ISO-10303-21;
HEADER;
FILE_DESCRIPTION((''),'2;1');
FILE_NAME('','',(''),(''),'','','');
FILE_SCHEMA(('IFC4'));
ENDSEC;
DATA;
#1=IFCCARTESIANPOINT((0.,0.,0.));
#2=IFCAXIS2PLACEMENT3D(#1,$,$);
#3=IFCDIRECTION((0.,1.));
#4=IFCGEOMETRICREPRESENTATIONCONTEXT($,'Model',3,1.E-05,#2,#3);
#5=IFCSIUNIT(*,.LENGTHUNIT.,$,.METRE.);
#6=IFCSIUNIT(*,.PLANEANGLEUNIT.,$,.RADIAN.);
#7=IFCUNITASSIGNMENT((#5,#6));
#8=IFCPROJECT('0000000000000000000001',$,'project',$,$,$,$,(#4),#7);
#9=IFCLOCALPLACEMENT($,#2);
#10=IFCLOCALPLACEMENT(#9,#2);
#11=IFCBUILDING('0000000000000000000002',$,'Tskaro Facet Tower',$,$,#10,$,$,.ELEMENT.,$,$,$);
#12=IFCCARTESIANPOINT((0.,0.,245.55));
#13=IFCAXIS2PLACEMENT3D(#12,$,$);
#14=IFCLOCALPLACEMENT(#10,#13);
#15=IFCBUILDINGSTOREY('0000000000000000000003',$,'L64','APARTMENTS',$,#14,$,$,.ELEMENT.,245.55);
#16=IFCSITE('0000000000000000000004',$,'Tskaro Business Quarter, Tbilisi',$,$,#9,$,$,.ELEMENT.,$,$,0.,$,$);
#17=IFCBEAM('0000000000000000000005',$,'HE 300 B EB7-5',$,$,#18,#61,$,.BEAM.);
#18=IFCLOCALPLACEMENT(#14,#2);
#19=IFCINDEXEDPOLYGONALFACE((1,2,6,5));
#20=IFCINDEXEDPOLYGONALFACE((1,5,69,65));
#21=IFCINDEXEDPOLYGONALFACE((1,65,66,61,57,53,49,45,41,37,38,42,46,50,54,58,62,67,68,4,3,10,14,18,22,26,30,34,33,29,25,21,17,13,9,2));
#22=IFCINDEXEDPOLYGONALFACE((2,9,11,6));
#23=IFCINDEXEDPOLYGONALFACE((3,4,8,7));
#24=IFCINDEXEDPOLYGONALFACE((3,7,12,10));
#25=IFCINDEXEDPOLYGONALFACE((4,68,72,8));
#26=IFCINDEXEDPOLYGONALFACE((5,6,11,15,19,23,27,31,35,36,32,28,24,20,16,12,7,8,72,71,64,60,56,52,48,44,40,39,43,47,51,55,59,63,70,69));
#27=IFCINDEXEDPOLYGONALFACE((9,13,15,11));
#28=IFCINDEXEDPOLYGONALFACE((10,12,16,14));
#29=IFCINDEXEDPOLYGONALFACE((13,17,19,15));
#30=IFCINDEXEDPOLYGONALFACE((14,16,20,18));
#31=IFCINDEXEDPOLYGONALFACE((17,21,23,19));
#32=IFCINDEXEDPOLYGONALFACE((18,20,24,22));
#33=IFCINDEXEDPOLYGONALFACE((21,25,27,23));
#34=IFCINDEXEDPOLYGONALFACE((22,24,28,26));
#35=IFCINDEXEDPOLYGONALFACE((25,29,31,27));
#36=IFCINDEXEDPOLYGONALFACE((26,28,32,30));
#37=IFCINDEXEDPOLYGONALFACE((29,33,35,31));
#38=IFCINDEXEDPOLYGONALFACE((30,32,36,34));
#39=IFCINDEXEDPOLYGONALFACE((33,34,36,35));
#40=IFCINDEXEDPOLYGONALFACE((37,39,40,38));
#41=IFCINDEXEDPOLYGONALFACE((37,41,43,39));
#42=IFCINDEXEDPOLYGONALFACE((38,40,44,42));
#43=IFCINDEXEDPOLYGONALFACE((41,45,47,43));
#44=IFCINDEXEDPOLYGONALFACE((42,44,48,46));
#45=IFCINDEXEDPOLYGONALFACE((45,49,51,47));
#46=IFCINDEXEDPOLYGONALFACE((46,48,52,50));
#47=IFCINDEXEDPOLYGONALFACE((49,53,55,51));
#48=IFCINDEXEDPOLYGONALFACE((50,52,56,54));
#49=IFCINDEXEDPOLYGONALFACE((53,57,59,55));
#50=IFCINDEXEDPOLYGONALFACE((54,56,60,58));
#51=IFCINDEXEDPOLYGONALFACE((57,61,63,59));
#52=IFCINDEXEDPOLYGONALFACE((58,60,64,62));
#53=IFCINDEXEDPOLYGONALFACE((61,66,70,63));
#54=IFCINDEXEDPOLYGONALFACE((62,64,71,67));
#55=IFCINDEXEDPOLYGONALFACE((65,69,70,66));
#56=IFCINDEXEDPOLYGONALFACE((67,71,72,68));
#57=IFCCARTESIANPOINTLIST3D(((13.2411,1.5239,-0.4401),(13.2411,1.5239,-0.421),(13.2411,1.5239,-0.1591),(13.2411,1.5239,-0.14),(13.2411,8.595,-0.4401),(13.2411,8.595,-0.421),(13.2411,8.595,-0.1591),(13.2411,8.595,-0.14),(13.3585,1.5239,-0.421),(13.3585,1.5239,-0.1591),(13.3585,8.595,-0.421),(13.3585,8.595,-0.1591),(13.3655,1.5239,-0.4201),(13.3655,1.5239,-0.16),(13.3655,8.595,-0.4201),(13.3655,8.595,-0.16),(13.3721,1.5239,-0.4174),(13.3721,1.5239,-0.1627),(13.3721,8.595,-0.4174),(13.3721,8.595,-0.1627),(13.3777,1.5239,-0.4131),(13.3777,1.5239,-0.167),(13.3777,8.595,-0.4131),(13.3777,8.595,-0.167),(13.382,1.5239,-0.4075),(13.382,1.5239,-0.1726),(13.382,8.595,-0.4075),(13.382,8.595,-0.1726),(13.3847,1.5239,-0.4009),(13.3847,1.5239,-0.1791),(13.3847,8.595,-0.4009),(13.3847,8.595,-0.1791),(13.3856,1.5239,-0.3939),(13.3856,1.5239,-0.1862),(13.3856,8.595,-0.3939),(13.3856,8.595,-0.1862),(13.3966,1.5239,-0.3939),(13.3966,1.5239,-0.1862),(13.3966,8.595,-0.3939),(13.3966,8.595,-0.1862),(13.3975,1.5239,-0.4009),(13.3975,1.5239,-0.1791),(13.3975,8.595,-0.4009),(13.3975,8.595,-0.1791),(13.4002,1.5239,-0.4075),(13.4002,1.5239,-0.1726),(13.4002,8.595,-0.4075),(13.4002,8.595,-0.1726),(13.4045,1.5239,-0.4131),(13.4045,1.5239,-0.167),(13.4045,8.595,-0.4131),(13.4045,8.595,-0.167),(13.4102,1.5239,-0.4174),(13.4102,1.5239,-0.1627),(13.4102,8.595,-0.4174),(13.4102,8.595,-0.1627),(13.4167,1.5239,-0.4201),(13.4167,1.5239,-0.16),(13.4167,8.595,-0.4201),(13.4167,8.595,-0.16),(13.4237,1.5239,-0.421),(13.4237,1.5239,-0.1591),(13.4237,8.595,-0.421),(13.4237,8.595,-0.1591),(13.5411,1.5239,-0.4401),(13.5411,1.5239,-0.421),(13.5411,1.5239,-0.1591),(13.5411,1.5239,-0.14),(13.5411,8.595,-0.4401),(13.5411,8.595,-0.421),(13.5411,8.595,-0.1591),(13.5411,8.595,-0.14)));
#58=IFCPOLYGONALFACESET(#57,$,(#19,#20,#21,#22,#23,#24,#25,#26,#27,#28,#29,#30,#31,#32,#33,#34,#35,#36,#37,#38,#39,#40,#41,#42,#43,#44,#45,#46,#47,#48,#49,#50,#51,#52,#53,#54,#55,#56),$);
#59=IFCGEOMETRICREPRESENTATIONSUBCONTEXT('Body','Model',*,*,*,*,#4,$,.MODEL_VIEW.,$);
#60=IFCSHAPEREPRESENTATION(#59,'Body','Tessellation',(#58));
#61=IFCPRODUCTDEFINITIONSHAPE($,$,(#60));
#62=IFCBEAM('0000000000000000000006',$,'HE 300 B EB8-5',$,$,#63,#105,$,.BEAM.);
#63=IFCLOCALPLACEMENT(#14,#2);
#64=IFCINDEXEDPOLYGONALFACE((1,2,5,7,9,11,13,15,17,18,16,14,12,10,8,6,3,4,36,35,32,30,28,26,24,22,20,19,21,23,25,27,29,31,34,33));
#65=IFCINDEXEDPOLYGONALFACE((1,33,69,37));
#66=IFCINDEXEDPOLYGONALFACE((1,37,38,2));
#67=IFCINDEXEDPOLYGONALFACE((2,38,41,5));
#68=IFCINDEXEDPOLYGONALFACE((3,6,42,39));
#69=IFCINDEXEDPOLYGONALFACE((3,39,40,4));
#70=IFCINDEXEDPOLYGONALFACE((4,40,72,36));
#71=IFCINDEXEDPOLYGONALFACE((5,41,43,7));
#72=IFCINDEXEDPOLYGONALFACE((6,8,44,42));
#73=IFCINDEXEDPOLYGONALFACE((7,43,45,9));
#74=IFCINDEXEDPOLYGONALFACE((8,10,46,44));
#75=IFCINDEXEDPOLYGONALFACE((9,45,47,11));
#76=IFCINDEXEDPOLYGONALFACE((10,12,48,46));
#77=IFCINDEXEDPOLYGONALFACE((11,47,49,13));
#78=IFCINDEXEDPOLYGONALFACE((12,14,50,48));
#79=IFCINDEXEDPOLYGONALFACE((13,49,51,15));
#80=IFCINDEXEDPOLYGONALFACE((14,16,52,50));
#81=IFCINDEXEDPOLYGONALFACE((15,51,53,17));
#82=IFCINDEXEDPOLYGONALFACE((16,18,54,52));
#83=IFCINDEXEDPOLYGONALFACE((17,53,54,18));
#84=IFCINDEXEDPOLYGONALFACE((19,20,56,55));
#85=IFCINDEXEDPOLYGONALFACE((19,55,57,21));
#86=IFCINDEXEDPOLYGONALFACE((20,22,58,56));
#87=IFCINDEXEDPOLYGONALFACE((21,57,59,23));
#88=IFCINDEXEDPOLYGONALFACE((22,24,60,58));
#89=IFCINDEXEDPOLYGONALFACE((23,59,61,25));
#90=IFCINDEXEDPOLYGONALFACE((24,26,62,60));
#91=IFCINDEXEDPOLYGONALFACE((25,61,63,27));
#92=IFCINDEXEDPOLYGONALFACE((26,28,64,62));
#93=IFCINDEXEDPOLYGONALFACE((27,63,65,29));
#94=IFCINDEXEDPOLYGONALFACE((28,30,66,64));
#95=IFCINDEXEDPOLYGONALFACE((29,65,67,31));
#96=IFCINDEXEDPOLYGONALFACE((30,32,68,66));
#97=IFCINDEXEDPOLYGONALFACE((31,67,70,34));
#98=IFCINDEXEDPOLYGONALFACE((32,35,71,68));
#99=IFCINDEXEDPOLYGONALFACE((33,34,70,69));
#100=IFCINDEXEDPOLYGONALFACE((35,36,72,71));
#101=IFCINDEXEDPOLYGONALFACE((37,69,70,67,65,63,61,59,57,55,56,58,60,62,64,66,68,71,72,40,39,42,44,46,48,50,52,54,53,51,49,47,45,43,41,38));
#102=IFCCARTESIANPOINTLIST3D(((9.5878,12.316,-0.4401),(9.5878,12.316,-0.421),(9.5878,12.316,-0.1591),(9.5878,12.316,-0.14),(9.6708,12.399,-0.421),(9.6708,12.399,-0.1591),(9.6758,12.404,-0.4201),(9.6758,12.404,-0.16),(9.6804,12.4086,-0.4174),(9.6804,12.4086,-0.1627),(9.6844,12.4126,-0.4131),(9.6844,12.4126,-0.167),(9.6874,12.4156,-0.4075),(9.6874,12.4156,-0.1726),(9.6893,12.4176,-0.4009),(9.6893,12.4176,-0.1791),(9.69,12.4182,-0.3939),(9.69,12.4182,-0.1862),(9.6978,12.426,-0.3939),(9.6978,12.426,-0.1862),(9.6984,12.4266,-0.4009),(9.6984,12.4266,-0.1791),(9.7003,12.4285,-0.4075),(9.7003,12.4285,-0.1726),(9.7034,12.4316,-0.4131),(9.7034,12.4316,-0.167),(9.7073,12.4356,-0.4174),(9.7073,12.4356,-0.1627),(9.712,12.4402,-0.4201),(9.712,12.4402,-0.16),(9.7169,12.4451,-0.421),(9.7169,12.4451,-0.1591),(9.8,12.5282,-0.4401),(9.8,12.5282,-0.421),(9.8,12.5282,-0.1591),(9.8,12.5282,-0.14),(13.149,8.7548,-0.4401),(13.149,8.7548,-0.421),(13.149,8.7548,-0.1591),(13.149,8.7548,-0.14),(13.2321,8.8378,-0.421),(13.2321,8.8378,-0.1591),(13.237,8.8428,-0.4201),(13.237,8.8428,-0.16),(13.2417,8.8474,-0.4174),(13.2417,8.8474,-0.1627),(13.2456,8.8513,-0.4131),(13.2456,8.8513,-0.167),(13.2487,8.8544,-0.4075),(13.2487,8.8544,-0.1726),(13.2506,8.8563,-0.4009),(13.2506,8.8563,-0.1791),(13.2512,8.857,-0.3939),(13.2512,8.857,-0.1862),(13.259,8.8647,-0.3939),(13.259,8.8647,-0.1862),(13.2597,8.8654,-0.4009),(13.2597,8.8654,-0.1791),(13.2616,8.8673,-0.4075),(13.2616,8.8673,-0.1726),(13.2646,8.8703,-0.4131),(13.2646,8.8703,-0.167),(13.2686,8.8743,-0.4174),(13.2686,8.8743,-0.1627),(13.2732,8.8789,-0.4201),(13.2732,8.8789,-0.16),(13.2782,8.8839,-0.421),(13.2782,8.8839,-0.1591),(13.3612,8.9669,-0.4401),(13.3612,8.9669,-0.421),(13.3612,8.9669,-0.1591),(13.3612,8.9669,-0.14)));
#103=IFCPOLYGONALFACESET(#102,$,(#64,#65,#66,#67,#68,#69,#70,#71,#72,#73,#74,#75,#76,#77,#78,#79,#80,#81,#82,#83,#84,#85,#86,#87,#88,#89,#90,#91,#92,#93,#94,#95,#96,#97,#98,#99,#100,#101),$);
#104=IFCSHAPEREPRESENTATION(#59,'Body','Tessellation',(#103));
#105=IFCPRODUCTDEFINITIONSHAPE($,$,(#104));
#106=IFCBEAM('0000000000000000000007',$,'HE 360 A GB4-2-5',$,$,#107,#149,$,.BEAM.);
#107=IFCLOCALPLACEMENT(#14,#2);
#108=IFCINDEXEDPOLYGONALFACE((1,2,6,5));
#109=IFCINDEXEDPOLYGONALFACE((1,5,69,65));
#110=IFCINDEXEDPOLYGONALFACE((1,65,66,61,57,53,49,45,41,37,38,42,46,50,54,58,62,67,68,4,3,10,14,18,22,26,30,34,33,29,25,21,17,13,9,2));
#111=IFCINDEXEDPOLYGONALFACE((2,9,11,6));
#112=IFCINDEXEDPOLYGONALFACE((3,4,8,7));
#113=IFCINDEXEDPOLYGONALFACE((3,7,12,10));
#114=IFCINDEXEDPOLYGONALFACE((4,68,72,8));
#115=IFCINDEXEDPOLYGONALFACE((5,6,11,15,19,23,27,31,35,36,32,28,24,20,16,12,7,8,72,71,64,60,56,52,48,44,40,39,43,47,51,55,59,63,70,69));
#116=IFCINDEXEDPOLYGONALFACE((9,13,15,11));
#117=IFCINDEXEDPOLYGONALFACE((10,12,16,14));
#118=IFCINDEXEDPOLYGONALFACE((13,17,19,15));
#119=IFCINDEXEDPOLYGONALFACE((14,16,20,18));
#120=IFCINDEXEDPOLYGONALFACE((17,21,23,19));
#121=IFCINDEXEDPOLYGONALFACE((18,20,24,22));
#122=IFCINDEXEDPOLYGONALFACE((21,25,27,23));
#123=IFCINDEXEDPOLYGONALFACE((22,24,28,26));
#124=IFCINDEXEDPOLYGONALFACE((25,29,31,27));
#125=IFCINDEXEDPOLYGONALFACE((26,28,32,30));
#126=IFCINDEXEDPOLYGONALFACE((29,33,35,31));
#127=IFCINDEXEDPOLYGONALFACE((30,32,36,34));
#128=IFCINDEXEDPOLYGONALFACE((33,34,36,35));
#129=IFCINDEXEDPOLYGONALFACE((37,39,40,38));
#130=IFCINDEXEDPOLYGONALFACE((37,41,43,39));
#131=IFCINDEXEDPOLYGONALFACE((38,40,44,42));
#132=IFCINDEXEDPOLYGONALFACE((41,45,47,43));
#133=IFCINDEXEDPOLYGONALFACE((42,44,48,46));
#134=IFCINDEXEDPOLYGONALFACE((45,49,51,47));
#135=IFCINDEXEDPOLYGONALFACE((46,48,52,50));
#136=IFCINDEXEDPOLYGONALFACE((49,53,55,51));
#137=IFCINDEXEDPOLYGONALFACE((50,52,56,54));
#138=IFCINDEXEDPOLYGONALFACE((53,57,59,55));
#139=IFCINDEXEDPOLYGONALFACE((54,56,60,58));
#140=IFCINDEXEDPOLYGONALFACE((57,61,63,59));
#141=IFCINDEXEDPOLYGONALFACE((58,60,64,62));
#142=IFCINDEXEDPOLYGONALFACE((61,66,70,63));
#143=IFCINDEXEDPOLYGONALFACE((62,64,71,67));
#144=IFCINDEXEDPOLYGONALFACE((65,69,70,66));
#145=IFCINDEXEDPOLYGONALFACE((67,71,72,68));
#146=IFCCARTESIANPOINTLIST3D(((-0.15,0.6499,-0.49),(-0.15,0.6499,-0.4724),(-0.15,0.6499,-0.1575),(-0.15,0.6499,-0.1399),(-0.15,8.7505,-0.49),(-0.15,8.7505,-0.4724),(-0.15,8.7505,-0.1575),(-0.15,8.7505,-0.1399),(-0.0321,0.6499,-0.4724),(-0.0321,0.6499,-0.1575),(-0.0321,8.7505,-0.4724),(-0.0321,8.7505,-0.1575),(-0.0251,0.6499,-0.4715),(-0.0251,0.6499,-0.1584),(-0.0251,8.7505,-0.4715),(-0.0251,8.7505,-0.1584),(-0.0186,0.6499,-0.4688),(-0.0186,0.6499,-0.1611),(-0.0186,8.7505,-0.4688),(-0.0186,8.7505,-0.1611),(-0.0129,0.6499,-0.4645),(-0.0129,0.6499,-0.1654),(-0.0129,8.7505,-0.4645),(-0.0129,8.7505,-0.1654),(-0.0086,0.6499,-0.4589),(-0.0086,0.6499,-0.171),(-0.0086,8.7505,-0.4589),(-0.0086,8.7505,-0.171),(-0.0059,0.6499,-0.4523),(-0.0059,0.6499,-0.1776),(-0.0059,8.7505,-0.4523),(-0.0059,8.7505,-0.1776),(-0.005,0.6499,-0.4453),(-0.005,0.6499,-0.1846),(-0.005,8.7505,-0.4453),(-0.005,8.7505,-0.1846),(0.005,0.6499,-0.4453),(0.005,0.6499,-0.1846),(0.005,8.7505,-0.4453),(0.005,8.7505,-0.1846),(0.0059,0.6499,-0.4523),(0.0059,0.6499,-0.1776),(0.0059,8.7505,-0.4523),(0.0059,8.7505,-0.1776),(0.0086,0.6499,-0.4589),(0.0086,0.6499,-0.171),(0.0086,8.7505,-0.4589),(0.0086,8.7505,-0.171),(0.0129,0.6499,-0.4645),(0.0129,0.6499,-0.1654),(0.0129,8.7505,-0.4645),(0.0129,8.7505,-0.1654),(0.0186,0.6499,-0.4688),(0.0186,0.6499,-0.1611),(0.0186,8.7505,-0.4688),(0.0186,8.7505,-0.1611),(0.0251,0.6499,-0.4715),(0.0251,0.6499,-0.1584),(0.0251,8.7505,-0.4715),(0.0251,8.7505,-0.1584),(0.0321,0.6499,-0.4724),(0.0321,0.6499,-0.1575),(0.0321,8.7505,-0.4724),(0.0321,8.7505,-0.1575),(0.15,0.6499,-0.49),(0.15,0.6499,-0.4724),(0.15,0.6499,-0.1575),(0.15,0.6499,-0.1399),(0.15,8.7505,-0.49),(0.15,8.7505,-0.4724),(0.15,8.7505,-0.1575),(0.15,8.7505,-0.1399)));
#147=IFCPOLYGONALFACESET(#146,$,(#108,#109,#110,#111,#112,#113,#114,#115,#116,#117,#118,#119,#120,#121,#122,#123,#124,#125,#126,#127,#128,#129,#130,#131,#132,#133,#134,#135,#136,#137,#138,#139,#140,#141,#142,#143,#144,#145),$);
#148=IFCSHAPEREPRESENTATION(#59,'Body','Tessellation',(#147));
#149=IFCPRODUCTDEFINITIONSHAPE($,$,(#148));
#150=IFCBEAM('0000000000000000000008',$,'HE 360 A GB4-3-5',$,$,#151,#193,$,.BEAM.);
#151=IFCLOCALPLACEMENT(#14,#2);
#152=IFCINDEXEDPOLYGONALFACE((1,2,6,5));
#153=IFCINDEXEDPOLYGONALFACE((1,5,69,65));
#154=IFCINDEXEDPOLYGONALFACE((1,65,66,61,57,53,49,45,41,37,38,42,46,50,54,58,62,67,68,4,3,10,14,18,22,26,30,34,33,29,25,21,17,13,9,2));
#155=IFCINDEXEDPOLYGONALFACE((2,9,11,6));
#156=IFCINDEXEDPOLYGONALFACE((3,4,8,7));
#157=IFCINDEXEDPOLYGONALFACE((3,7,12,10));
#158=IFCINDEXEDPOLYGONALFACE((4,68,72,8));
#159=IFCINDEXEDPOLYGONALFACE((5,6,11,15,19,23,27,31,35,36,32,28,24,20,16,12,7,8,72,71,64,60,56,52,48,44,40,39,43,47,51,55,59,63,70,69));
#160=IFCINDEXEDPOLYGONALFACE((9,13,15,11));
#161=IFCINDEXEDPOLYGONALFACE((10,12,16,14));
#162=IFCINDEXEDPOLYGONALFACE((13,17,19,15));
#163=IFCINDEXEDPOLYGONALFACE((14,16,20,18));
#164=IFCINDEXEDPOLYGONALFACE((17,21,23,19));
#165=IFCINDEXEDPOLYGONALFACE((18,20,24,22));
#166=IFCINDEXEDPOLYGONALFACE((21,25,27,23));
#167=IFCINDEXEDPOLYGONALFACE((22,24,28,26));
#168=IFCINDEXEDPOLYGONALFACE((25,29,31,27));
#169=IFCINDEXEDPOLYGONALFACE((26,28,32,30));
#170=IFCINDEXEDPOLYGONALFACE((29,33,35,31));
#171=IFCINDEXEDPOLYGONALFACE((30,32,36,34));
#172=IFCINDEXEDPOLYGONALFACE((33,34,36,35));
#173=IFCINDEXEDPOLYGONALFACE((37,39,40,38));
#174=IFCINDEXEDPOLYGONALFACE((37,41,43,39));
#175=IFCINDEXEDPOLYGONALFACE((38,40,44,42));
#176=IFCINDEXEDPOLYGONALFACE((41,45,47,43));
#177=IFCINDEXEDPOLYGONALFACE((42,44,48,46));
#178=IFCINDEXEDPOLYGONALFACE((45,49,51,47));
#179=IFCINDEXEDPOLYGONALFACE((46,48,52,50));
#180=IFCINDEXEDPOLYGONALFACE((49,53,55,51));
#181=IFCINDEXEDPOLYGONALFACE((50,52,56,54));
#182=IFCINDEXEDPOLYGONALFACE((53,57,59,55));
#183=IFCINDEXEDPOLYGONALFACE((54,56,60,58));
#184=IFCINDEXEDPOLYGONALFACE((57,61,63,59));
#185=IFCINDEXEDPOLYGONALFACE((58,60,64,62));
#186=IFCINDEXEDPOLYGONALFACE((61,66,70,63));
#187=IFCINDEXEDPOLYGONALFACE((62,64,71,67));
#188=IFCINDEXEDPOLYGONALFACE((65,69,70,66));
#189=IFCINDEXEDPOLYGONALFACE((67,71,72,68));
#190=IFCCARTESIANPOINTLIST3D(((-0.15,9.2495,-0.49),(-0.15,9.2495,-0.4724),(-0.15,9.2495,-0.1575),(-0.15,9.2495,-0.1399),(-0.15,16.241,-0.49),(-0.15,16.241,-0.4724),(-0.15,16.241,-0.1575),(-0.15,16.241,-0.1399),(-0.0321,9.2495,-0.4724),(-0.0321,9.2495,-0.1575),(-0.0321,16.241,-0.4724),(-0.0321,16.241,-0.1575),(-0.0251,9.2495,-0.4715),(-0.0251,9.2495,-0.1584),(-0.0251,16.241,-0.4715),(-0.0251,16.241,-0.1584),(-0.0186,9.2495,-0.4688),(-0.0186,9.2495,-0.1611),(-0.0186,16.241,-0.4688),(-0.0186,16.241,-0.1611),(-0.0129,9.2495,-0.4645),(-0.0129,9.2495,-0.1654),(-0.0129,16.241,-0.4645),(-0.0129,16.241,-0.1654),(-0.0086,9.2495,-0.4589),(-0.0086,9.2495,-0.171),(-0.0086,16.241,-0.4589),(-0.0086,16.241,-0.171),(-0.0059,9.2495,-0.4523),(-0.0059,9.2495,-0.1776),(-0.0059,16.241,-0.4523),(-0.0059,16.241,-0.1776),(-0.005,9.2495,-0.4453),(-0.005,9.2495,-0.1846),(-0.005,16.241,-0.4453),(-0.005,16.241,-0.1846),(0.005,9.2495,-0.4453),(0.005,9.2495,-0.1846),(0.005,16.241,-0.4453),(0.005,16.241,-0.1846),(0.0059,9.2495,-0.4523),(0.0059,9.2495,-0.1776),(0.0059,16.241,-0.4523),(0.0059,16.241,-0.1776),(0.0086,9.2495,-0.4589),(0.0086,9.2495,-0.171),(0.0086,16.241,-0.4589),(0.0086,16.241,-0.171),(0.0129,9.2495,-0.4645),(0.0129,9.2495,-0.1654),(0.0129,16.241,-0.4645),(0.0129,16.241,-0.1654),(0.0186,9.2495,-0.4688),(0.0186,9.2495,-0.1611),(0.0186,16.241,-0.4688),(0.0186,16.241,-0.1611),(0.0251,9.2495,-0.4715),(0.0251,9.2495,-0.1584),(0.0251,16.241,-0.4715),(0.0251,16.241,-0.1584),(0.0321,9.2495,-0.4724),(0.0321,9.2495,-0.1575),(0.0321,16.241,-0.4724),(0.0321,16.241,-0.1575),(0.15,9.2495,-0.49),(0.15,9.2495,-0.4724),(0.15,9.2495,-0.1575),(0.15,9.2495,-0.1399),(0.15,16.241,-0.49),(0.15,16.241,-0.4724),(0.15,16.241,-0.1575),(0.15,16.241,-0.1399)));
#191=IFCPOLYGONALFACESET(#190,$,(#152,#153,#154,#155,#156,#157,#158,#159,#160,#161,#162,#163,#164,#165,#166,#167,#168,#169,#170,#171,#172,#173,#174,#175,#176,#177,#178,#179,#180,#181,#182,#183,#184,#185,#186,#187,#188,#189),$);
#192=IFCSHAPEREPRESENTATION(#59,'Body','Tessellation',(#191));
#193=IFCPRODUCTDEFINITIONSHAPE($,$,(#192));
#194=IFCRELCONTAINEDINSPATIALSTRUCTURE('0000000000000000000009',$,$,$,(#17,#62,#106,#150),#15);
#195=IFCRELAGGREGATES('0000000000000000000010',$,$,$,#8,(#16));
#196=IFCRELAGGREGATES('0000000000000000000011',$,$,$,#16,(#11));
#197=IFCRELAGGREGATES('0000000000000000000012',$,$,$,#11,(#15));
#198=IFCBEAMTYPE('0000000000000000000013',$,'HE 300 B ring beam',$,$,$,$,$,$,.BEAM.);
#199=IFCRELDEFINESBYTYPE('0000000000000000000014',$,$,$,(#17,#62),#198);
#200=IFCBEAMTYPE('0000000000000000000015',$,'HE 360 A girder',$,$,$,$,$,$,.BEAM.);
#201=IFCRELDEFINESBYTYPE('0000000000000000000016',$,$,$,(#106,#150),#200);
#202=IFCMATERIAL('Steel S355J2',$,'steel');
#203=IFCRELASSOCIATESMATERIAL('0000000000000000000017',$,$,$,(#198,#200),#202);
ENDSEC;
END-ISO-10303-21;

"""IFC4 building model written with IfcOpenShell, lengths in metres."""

from ifc_helpers import new_model, si_unit, direction, frame, origin, origin_2d, place, context, subcontext, project, spatial, i_section, extrude, material, material_profile, profile_set, type_object, element, save


model = new_model("IFC4")

# Units and contexts
model_context = context("Model", 3, precision=1e-05, world=origin(), true_north=direction((0.0, 1.0)))
body_context = subcontext(model_context, "Body", "Model", "MODEL_VIEW")
ifc_project = project(units=[si_unit("LENGTHUNIT", "METRE"), si_unit("PLANEANGLEUNIT", "RADIAN")], contexts=[model_context])

# Site, building, storey
site_placement = place(None, origin())
site = spatial("IfcSite", under=ifc_project, at=site_placement, Name="Tskaro Business Quarter, Tbilisi", CompositionType="ELEMENT", RefElevation=0.0)
building_placement = place(site_placement, origin())
building = spatial("IfcBuilding", under=site, at=building_placement, Name="Tskaro Facet Tower", CompositionType="ELEMENT")
storey_placement = place(building_placement, frame((0.0, 0.0, 245.55)))
storey = spatial("IfcBuildingStorey", under=building, at=storey_placement, Name="L64", Description="APARTMENTS", CompositionType="ELEMENT", Elevation=245.55)

# Beams
ifc_material_1 = material(Name="Steel S355J2", Category="steel")
ifc_material_profile_1 = material_profile(ifc_material_1, i_section(OverallWidth=0.3, OverallDepth=0.3, WebThickness=0.011, FlangeThickness=0.019, FilletRadius=0.0271, at=origin_2d()), Name="HE 300 B")
ifc_profile_set_1 = profile_set([ifc_material_profile_1], Name="Steel S355J2")
beam_type_1 = type_object("IfcBeamType", Name="HE 300 B ring beam", PredefinedType="BEAM", material=ifc_profile_set_1)
beam_1_placement = place(storey_placement, frame((13.3911, 1.5239, -0.29), z_axis=(0.0, 1.0, 0.0), x_axis=(-1.0, 0.0, 0.0)))
element("IfcBeam", 1, at=beam_1_placement, inside=storey, type_object=beam_type_1, Name="HE 300 B EB7-5", PredefinedType="BEAM", context=body_context, shape_type="SweptSolid", body=[
    extrude(i_section(OverallWidth=0.3, OverallDepth=0.3, WebThickness=0.011, FlangeThickness=0.019, FilletRadius=0.0271, at=origin_2d()), origin(), (0.0, 0.0, 1.0), 7.071),
])
beam_2_placement = place(storey_placement, frame((13.2551, 8.8608, -0.29), z_axis=(-0.707107, 0.707107, 0.0), x_axis=(-0.707107, -0.707107, 0.0)))
element("IfcBeam", 2, at=beam_2_placement, inside=storey, type_object=beam_type_1, Name="HE 300 B EB8-5", PredefinedType="BEAM", context=body_context, shape_type="SweptSolid", body=[
    extrude(i_section(OverallWidth=0.3, OverallDepth=0.3, WebThickness=0.011, FlangeThickness=0.019, FilletRadius=0.0271, at=origin_2d()), origin(), (0.0, 0.0, 1.0), 5.0364),
])
ifc_material_profile_2 = material_profile(ifc_material_1, i_section(OverallWidth=0.3, OverallDepth=0.3501, WebThickness=0.01, FlangeThickness=0.0176, FilletRadius=0.0271, at=origin_2d()), Name="HE 360 A")
ifc_profile_set_2 = profile_set([ifc_material_profile_2], Name="Steel S355J2")
beam_type_2 = type_object("IfcBeamType", Name="HE 360 A girder", PredefinedType="BEAM", material=ifc_profile_set_2)
beam_3_placement = place(storey_placement, frame((0.0, 0.6499, -0.3149), z_axis=(0.0, 1.0, 0.0), x_axis=(-1.0, 0.0, 0.0)))
element("IfcBeam", 3, at=beam_3_placement, inside=storey, type_object=beam_type_2, Name="HE 360 A GB4-2-5", PredefinedType="BEAM", context=body_context, shape_type="SweptSolid", body=[
    extrude(i_section(OverallWidth=0.3, OverallDepth=0.3501, WebThickness=0.01, FlangeThickness=0.0176, FilletRadius=0.0271, at=origin_2d()), origin(), (0.0, 0.0, 1.0), 8.1006),
])
beam_4_placement = place(storey_placement, frame((0.0, 9.2495, -0.3149), z_axis=(0.0, 1.0, 0.0), x_axis=(-1.0, 0.0, 0.0)))
element("IfcBeam", 4, at=beam_4_placement, inside=storey, type_object=beam_type_2, Name="HE 360 A GB4-3-5", PredefinedType="BEAM", context=body_context, shape_type="SweptSolid", body=[
    extrude(i_section(OverallWidth=0.3, OverallDepth=0.3501, WebThickness=0.01, FlangeThickness=0.0176, FilletRadius=0.0271, at=origin_2d()), origin(), (0.0, 0.0, 1.0), 6.9915),
])

save(model, "model.ifc")
